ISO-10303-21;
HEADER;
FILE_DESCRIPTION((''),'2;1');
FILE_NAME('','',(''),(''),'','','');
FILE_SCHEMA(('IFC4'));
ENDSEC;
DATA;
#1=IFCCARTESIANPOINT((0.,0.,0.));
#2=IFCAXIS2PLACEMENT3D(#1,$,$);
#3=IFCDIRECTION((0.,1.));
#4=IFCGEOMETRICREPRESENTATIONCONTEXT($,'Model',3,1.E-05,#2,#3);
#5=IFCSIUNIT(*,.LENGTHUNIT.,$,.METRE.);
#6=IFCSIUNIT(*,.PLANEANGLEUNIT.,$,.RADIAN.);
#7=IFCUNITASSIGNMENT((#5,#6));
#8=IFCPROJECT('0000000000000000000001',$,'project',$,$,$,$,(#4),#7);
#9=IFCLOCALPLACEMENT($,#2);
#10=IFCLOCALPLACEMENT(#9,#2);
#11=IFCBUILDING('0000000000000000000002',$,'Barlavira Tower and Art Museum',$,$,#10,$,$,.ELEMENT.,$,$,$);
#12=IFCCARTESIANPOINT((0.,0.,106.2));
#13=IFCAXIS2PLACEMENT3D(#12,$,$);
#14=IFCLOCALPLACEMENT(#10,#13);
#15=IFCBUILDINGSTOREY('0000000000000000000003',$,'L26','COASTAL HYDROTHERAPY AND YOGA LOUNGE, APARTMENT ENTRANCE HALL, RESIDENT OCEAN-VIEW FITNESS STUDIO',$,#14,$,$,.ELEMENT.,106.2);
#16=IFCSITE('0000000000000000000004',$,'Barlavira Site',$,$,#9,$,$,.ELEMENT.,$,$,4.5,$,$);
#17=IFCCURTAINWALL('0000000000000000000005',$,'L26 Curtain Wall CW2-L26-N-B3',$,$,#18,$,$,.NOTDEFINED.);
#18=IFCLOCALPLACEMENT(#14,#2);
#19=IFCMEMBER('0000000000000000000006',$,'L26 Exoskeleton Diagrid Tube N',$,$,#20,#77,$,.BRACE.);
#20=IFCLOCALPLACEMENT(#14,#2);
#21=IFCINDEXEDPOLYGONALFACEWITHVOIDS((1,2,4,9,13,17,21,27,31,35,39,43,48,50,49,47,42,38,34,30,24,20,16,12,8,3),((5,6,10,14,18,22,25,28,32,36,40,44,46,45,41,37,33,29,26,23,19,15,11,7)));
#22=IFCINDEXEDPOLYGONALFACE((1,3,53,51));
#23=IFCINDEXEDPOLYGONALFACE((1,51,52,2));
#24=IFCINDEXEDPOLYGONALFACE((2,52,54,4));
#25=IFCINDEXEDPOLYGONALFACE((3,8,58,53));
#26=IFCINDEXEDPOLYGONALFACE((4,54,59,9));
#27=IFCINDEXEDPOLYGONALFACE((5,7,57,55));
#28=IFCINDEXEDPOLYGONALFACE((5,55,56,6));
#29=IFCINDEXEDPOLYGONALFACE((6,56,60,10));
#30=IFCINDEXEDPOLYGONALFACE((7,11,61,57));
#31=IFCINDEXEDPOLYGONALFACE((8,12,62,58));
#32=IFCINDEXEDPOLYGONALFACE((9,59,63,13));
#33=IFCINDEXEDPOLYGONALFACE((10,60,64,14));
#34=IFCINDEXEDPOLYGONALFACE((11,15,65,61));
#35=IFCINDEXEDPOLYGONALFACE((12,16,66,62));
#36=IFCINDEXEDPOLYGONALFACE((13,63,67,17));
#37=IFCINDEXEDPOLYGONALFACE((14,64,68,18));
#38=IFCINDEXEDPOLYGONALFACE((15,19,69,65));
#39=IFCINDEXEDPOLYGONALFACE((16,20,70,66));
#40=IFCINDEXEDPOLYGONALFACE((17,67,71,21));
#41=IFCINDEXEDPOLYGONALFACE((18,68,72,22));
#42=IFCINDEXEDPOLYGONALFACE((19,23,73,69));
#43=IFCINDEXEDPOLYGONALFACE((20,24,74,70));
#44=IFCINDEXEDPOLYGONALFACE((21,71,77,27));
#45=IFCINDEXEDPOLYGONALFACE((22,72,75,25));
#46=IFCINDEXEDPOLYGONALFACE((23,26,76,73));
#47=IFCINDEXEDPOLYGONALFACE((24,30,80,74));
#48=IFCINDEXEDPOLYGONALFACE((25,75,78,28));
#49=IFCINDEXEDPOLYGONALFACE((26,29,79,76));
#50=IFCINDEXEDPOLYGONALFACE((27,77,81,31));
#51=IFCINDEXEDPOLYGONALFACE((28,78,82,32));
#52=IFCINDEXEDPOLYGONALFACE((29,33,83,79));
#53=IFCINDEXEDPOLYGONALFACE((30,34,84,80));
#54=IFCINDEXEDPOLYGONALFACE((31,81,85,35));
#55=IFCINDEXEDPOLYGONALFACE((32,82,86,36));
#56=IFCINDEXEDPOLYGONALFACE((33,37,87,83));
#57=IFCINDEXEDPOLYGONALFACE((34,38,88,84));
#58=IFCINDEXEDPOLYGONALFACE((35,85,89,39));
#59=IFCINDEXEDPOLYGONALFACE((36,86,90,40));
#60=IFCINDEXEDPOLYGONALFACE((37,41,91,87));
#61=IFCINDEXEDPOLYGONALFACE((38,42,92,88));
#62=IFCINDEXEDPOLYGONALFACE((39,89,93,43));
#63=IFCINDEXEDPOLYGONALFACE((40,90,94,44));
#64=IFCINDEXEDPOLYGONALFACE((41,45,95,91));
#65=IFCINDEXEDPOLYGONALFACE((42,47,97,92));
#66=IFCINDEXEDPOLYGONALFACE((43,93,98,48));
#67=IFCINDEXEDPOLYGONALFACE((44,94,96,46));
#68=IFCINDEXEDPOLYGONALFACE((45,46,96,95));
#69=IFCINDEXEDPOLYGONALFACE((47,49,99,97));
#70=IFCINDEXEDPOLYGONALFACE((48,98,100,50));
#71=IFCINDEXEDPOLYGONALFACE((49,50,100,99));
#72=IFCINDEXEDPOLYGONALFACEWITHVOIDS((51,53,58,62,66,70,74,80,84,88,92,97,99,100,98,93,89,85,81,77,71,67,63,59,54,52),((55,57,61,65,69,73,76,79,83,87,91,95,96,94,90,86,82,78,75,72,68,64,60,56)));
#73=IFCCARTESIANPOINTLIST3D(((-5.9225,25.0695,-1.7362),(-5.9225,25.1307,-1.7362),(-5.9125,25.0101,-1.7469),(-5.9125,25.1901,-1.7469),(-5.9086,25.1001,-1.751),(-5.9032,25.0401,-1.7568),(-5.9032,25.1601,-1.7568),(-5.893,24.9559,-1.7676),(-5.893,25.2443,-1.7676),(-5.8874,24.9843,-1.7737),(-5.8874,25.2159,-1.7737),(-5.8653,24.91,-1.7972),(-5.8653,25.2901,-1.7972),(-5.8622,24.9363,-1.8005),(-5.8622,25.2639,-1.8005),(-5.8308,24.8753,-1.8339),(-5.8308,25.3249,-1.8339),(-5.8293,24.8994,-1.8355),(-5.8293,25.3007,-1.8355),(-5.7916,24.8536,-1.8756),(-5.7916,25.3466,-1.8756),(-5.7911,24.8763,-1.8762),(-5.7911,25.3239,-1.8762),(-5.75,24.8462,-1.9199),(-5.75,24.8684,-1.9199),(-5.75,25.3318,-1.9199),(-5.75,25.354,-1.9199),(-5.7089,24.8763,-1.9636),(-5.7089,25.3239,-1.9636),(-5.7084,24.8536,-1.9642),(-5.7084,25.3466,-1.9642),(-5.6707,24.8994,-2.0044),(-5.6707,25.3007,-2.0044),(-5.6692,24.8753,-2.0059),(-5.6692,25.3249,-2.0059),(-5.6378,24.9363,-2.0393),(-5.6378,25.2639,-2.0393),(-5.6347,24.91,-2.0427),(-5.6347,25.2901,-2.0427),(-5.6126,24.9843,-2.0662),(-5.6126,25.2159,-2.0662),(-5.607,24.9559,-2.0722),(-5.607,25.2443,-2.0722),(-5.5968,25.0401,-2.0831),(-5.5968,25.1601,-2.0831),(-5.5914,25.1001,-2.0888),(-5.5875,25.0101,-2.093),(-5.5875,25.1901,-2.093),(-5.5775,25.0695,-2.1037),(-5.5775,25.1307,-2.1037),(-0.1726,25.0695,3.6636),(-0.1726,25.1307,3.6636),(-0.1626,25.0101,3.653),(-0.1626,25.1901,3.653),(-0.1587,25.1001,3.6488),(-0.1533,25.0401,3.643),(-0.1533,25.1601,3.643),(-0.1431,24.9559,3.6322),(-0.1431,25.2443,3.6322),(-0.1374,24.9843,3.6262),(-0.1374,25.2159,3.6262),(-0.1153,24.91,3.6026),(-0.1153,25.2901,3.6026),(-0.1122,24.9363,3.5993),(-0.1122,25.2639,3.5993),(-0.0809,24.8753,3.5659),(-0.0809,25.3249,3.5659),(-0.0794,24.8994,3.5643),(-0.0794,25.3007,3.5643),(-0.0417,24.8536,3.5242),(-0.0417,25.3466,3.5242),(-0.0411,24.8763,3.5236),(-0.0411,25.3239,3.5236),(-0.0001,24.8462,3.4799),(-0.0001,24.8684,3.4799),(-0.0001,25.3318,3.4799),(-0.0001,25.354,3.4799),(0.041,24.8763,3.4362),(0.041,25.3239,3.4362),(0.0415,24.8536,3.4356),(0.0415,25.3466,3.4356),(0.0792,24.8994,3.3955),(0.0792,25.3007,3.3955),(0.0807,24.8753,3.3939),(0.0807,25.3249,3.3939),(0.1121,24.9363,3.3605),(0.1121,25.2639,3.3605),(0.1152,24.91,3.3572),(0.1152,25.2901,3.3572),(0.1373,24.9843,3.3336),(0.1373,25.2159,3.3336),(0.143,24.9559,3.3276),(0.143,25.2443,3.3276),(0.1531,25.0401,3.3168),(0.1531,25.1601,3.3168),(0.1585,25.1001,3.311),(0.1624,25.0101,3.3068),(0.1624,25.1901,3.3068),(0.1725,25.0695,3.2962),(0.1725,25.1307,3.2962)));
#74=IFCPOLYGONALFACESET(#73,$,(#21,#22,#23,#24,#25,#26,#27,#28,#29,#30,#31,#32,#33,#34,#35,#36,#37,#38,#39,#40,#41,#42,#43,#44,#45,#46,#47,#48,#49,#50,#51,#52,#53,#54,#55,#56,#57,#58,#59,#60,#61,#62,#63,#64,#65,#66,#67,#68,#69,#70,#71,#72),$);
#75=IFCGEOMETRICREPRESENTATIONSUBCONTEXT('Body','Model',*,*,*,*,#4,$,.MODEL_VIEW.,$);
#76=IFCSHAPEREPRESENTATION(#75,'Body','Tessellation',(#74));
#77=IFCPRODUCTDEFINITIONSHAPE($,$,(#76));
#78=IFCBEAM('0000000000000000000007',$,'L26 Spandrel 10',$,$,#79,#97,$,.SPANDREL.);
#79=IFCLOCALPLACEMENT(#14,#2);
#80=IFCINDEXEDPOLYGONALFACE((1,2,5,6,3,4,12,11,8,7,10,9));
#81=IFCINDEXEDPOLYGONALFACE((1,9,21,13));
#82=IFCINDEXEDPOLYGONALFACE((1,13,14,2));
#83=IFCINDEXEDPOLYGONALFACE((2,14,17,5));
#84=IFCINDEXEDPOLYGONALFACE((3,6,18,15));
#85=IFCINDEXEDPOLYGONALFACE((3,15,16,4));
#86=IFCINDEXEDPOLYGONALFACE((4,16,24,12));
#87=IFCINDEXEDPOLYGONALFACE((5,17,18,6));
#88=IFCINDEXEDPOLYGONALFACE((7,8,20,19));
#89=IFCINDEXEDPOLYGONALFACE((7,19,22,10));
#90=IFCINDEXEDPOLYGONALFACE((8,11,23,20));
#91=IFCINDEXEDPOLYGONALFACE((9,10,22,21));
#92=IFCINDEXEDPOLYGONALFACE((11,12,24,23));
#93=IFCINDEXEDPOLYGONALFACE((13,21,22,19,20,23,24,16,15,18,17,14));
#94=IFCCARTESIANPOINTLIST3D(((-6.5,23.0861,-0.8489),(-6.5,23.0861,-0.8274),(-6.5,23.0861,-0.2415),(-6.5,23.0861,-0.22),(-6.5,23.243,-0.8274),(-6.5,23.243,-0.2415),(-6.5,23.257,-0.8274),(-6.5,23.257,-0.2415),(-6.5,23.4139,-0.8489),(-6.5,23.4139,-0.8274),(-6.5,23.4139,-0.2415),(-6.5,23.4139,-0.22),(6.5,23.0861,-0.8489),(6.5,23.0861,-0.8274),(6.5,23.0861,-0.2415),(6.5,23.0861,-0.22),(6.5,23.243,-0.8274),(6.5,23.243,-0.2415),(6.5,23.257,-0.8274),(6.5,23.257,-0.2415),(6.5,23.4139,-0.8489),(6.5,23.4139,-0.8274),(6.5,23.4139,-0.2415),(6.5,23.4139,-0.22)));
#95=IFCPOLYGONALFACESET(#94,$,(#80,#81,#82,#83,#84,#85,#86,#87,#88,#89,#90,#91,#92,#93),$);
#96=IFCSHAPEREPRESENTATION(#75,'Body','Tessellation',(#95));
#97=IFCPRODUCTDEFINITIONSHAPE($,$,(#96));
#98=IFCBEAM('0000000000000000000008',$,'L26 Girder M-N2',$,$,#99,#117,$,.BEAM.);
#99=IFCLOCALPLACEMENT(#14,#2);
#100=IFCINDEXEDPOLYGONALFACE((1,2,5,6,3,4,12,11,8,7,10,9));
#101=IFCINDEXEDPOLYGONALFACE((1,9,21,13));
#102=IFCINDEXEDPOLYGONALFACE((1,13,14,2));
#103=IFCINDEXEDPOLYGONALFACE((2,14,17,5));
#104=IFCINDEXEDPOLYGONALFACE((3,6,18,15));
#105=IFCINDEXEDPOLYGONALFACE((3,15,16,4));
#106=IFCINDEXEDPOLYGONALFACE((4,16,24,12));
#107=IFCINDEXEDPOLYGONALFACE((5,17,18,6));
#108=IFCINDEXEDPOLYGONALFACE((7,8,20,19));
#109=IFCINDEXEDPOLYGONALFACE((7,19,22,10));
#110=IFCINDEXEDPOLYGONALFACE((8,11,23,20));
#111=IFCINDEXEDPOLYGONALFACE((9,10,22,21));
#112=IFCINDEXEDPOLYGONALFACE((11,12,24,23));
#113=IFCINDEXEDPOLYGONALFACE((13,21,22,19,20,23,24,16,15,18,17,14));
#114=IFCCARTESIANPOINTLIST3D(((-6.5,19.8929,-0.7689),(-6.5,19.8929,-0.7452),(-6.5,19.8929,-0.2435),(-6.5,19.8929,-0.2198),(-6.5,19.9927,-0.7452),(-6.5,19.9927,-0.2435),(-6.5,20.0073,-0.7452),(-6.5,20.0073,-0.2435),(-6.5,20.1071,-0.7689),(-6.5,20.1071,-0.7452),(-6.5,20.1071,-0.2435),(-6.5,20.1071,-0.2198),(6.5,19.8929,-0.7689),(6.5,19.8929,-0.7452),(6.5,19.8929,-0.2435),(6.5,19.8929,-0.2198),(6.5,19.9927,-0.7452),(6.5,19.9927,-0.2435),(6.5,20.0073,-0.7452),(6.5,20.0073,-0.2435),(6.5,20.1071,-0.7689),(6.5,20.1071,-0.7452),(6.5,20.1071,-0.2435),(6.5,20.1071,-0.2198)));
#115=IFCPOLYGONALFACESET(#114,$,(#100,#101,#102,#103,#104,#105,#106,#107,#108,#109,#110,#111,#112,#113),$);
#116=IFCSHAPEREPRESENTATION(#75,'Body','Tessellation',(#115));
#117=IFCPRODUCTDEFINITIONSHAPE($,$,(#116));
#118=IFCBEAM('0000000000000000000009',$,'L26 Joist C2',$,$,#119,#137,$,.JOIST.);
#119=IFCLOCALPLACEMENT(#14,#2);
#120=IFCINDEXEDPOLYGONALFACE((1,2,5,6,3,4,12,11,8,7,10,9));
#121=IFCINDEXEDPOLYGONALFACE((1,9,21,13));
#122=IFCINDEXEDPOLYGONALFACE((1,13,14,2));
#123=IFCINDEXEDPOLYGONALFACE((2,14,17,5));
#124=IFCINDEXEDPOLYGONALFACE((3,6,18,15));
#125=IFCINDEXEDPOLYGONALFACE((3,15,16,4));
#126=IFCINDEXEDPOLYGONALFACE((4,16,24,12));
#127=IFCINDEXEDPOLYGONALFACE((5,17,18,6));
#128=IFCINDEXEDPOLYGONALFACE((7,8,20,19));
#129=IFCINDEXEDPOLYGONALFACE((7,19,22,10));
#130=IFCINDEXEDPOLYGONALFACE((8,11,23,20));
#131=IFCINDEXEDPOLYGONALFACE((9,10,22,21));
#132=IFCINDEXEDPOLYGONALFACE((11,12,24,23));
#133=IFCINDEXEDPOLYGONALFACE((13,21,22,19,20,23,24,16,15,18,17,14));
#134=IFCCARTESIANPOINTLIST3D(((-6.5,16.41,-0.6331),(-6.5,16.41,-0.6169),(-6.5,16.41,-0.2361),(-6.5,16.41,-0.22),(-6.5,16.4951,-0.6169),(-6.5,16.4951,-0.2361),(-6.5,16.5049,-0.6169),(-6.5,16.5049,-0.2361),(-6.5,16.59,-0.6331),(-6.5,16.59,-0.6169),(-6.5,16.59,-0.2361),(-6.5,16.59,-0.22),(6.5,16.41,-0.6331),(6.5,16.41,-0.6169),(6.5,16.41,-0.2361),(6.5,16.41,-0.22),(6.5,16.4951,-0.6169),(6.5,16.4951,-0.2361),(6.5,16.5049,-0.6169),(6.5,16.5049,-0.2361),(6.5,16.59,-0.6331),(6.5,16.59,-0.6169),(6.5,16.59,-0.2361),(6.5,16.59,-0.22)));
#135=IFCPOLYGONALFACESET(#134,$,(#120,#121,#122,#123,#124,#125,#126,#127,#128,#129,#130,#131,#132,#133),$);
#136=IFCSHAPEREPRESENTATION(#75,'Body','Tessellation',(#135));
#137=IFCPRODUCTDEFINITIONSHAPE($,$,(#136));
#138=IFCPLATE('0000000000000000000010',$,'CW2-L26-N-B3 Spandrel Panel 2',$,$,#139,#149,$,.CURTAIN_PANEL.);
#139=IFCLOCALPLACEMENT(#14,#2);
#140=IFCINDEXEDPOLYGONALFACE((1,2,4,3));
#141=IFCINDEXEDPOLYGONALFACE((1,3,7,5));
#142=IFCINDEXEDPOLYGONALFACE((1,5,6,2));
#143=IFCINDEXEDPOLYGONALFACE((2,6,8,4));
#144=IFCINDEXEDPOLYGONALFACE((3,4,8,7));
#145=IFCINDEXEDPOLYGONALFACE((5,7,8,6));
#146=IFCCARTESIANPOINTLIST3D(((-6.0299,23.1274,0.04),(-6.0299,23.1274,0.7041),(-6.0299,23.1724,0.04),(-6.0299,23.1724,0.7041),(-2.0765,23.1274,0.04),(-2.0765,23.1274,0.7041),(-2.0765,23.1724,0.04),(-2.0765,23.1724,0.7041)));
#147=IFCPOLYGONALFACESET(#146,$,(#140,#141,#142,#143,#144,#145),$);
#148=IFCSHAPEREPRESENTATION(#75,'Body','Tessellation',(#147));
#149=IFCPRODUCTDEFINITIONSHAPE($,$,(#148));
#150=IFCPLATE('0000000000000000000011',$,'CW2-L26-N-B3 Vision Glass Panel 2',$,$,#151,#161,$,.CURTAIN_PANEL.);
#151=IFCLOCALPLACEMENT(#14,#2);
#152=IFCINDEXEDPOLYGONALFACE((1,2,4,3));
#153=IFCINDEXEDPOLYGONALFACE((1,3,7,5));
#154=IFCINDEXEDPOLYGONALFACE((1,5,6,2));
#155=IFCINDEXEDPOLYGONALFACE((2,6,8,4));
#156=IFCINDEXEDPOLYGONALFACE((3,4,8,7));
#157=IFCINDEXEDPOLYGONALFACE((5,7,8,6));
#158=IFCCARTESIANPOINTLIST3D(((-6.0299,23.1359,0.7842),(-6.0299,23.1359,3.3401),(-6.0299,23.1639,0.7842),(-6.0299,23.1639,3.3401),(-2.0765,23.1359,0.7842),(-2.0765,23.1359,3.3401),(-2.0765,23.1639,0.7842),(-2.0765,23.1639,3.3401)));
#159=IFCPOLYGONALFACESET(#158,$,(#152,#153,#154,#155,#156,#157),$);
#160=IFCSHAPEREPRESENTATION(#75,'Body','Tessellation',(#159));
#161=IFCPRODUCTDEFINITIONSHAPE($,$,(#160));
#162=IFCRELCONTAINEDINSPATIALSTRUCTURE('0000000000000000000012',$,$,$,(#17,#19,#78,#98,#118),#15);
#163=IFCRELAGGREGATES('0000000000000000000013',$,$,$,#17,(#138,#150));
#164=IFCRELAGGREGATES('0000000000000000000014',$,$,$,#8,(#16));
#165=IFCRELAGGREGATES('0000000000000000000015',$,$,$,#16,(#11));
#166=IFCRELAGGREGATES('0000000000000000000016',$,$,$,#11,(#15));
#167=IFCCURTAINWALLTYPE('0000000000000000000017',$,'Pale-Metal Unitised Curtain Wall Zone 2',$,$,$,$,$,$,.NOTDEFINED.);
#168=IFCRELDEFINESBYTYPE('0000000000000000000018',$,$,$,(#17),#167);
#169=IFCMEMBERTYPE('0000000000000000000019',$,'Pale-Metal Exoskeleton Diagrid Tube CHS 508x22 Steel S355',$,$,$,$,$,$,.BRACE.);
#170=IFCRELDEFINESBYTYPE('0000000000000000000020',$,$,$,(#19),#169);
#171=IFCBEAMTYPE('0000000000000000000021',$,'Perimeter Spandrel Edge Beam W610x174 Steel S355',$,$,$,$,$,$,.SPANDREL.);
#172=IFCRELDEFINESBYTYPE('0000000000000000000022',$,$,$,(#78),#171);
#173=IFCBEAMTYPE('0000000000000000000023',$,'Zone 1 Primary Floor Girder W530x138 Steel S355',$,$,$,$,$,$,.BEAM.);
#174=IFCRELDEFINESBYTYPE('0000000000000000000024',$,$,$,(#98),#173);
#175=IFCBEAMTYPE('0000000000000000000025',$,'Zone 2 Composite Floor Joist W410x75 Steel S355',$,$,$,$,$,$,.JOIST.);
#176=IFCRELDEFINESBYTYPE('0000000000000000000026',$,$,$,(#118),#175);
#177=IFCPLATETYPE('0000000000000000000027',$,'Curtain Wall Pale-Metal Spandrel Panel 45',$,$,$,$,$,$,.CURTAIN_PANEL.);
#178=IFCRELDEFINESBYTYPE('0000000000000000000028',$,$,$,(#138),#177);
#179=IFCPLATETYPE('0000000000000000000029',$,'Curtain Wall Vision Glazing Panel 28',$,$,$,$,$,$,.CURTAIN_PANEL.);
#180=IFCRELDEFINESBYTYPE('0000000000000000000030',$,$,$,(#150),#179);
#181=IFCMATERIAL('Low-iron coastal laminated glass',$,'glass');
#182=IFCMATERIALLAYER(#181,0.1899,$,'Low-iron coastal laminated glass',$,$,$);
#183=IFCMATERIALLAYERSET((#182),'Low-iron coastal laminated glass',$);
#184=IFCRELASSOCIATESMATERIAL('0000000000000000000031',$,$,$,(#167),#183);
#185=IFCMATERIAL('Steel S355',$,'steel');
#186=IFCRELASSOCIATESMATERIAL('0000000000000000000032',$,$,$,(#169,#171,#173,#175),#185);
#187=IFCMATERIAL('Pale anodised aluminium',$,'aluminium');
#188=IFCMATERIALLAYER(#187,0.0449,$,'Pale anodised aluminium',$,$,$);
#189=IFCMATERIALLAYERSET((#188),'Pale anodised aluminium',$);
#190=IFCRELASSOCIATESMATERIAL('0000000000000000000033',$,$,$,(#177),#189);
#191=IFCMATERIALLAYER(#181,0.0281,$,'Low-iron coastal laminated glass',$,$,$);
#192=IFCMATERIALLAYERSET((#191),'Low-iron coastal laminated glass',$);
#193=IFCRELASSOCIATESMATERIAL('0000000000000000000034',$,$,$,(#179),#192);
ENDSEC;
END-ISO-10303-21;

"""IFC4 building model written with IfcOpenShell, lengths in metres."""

from ifc_helpers import new_model, si_unit, direction, frame, origin, origin_2d, place, context, subcontext, project, spatial, rectangle, hollow_circle, i_section, extrude, material, layer, layer_set, material_profile, profile_set, type_object, element, aggregate, save


model = new_model("IFC4")

# Units and contexts
model_context = context("Model", 3, precision=1e-05, world=origin(), true_north=direction((0.0, 1.0)))
body_context = subcontext(model_context, "Body", "Model", "MODEL_VIEW")
ifc_project = project(units=[si_unit("LENGTHUNIT", "METRE"), si_unit("PLANEANGLEUNIT", "RADIAN")], contexts=[model_context])

# Site, building, storey
site_placement = place(None, origin())
site = spatial("IfcSite", under=ifc_project, at=site_placement, Name="Barlavira Site", CompositionType="ELEMENT", RefElevation=4.5)
building_placement = place(site_placement, origin())
building = spatial("IfcBuilding", under=site, at=building_placement, Name="Barlavira Tower and Art Museum", CompositionType="ELEMENT")
storey_placement = place(building_placement, frame((0.0, 0.0, 106.2)))
storey = spatial("IfcBuildingStorey", under=building, at=storey_placement, Name="L26", Description="COASTAL HYDROTHERAPY AND YOGA LOUNGE, APARTMENT ENTRANCE HALL, RESIDENT OCEAN-VIEW FITNESS STUDIO", CompositionType="ELEMENT", Elevation=106.2)

# Curtain wall
ifc_material_1 = material(Name="Low-iron coastal laminated glass", Category="glass")
ifc_layer_1 = layer(ifc_material_1, 0.1899, Name="Low-iron coastal laminated glass")
ifc_layer_set_1 = layer_set([ifc_layer_1], Name="Low-iron coastal laminated glass")
curtain_wall_type = type_object("IfcCurtainWallType", Name="Pale-Metal Unitised Curtain Wall Zone 2", PredefinedType="NOTDEFINED", material=ifc_layer_set_1)
curtain_wall_placement = place(storey_placement, origin())
curtain_wall = element("IfcCurtainWall", 1, at=curtain_wall_placement, inside=storey, type_object=curtain_wall_type, Name="L26 Curtain Wall CW2-L26-N-B3", PredefinedType="NOTDEFINED")
ifc_material_2 = material(Name="Pale anodised aluminium", Category="aluminium")

# Member
ifc_material_3 = material(Name="Steel S355", Category="steel")
ifc_material_profile_1 = material_profile(ifc_material_3, hollow_circle(Radius=0.2539, WallThickness=0.0222, at=origin_2d()), Name="CHS 508.0x22.2")
ifc_profile_set_1 = profile_set([ifc_material_profile_1], Name="Steel S355")
member_type_1 = type_object("IfcMemberType", Name="Pale-Metal Exoskeleton Diagrid Tube CHS 508x22 Steel S355", PredefinedType="BRACE", material=ifc_profile_set_1)
for number, where, z_axis, x_axis, name in (
    (2, (-5.75, 25.1001, -1.9199), (0.72895, 0.0, 0.684567), (0.0, 1.0, 0.0), "L26 Exoskeleton Diagrid Tube N"),
):
    element("IfcMember", number, at=place(storey_placement, frame(where, z_axis=z_axis, x_axis=x_axis)), inside=storey, type_object=member_type_1, Name=name, PredefinedType="BRACE", context=body_context, shape_type="SweptSolid", body=[
        extrude(hollow_circle(Radius=0.2539, WallThickness=0.0222, at=origin_2d()), origin(), (0.0, 0.0, 1.0), 7.8879),
    ])

# Beams
ifc_material_profile_2 = material_profile(ifc_material_3, i_section(OverallWidth=0.3279, OverallDepth=0.6289, WebThickness=0.0139, FlangeThickness=0.0215, at=origin_2d()), Name="W610x174.0")
ifc_profile_set_2 = profile_set([ifc_material_profile_2], Name="Steel S355")
beam_type_1 = type_object("IfcBeamType", Name="Perimeter Spandrel Edge Beam W610x174 Steel S355", PredefinedType="SPANDREL", material=ifc_profile_set_2)
beam_1_placement = place(storey_placement, frame((-6.5, 23.25, -0.5344), z_axis=(1.0, 0.0, 0.0), x_axis=(0.0, 1.0, 0.0)))
element("IfcBeam", 3, at=beam_1_placement, inside=storey, type_object=beam_type_1, Name="L26 Spandrel 10", PredefinedType="SPANDREL", context=body_context, shape_type="SweptSolid", body=[
    extrude(i_section(OverallWidth=0.3279, OverallDepth=0.6289, WebThickness=0.0139, FlangeThickness=0.0215, at=origin_2d()), origin(), (0.0, 0.0, 1.0), 13.0),
])
ifc_material_profile_3 = material_profile(ifc_material_3, i_section(OverallWidth=0.2141, OverallDepth=0.5491, WebThickness=0.0146, FlangeThickness=0.0237, at=origin_2d()), Name="W530x138.0")
ifc_profile_set_3 = profile_set([ifc_material_profile_3], Name="Steel S355")
beam_type_2 = type_object("IfcBeamType", Name="Zone 1 Primary Floor Girder W530x138 Steel S355", PredefinedType="BEAM", material=ifc_profile_set_3)
beam_2_placement = place(storey_placement, frame((-6.5, 20.0, -0.4944), z_axis=(1.0, 0.0, 0.0), x_axis=(0.0, 1.0, 0.0)))
element("IfcBeam", 4, at=beam_2_placement, inside=storey, type_object=beam_type_2, Name="L26 Girder M-N2", PredefinedType="BEAM", context=body_context, shape_type="SweptSolid", body=[
    extrude(i_section(OverallWidth=0.2141, OverallDepth=0.5491, WebThickness=0.0146, FlangeThickness=0.0237, at=origin_2d()), origin(), (0.0, 0.0, 1.0), 13.0),
])
ifc_material_profile_4 = material_profile(ifc_material_3, i_section(OverallWidth=0.1799, OverallDepth=0.4131, WebThickness=0.0098, FlangeThickness=0.0161, at=origin_2d()), Name="W410x75.0")
ifc_profile_set_4 = profile_set([ifc_material_profile_4], Name="Steel S355")
beam_type_3 = type_object("IfcBeamType", Name="Zone 2 Composite Floor Joist W410x75 Steel S355", PredefinedType="JOIST", material=ifc_profile_set_4)
beam_3_placement = place(storey_placement, frame((-6.5, 16.5, -0.4265), z_axis=(1.0, 0.0, 0.0), x_axis=(0.0, 1.0, 0.0)))
element("IfcBeam", 5, at=beam_3_placement, inside=storey, type_object=beam_type_3, Name="L26 Joist C2", PredefinedType="JOIST", context=body_context, shape_type="SweptSolid", body=[
    extrude(i_section(OverallWidth=0.1799, OverallDepth=0.4131, WebThickness=0.0098, FlangeThickness=0.0161, at=origin_2d()), origin(), (0.0, 0.0, 1.0), 13.0),
])

# Plates
ifc_layer_2 = layer(ifc_material_2, 0.0449, Name="Pale anodised aluminium")
ifc_layer_set_2 = layer_set([ifc_layer_2], Name="Pale anodised aluminium")
plate_type_1 = type_object("IfcPlateType", Name="Curtain Wall Pale-Metal Spandrel Panel 45", PredefinedType="CURTAIN_PANEL", material=ifc_layer_set_2)
plate_1_placement = place(storey_placement, frame((-4.0532, 23.1499, 0.04), z_axis=(0.0, 0.0, 1.0), x_axis=(-1.0, 0.0, 0.0)))
plate_1 = element("IfcPlate", 6, at=plate_1_placement, type_object=plate_type_1, Name="CW2-L26-N-B3 Spandrel Panel 2", PredefinedType="CURTAIN_PANEL", context=body_context, shape_type="SweptSolid", body=[
    extrude(rectangle(XDim=3.9534, YDim=0.0449, at=origin_2d()), origin(), (0.0, 0.0, 1.0), 0.6641),
])
ifc_layer_3 = layer(ifc_material_1, 0.0281, Name="Low-iron coastal laminated glass")
ifc_layer_set_3 = layer_set([ifc_layer_3], Name="Low-iron coastal laminated glass")
plate_type_2 = type_object("IfcPlateType", Name="Curtain Wall Vision Glazing Panel 28", PredefinedType="CURTAIN_PANEL", material=ifc_layer_set_3)
plate_2_placement = place(storey_placement, frame((-4.0532, 23.1499, 0.7842), z_axis=(0.0, 0.0, 1.0), x_axis=(-1.0, 0.0, 0.0)))
plate_2 = element("IfcPlate", 7, at=plate_2_placement, type_object=plate_type_2, Name="CW2-L26-N-B3 Vision Glass Panel 2", PredefinedType="CURTAIN_PANEL", context=body_context, shape_type="SweptSolid", body=[
    extrude(rectangle(XDim=3.9534, YDim=0.0281, at=origin_2d()), origin(), (0.0, 0.0, 1.0), 2.5559),
])
aggregate(curtain_wall, [plate_1, plate_2])

save(model, "model.ifc")
